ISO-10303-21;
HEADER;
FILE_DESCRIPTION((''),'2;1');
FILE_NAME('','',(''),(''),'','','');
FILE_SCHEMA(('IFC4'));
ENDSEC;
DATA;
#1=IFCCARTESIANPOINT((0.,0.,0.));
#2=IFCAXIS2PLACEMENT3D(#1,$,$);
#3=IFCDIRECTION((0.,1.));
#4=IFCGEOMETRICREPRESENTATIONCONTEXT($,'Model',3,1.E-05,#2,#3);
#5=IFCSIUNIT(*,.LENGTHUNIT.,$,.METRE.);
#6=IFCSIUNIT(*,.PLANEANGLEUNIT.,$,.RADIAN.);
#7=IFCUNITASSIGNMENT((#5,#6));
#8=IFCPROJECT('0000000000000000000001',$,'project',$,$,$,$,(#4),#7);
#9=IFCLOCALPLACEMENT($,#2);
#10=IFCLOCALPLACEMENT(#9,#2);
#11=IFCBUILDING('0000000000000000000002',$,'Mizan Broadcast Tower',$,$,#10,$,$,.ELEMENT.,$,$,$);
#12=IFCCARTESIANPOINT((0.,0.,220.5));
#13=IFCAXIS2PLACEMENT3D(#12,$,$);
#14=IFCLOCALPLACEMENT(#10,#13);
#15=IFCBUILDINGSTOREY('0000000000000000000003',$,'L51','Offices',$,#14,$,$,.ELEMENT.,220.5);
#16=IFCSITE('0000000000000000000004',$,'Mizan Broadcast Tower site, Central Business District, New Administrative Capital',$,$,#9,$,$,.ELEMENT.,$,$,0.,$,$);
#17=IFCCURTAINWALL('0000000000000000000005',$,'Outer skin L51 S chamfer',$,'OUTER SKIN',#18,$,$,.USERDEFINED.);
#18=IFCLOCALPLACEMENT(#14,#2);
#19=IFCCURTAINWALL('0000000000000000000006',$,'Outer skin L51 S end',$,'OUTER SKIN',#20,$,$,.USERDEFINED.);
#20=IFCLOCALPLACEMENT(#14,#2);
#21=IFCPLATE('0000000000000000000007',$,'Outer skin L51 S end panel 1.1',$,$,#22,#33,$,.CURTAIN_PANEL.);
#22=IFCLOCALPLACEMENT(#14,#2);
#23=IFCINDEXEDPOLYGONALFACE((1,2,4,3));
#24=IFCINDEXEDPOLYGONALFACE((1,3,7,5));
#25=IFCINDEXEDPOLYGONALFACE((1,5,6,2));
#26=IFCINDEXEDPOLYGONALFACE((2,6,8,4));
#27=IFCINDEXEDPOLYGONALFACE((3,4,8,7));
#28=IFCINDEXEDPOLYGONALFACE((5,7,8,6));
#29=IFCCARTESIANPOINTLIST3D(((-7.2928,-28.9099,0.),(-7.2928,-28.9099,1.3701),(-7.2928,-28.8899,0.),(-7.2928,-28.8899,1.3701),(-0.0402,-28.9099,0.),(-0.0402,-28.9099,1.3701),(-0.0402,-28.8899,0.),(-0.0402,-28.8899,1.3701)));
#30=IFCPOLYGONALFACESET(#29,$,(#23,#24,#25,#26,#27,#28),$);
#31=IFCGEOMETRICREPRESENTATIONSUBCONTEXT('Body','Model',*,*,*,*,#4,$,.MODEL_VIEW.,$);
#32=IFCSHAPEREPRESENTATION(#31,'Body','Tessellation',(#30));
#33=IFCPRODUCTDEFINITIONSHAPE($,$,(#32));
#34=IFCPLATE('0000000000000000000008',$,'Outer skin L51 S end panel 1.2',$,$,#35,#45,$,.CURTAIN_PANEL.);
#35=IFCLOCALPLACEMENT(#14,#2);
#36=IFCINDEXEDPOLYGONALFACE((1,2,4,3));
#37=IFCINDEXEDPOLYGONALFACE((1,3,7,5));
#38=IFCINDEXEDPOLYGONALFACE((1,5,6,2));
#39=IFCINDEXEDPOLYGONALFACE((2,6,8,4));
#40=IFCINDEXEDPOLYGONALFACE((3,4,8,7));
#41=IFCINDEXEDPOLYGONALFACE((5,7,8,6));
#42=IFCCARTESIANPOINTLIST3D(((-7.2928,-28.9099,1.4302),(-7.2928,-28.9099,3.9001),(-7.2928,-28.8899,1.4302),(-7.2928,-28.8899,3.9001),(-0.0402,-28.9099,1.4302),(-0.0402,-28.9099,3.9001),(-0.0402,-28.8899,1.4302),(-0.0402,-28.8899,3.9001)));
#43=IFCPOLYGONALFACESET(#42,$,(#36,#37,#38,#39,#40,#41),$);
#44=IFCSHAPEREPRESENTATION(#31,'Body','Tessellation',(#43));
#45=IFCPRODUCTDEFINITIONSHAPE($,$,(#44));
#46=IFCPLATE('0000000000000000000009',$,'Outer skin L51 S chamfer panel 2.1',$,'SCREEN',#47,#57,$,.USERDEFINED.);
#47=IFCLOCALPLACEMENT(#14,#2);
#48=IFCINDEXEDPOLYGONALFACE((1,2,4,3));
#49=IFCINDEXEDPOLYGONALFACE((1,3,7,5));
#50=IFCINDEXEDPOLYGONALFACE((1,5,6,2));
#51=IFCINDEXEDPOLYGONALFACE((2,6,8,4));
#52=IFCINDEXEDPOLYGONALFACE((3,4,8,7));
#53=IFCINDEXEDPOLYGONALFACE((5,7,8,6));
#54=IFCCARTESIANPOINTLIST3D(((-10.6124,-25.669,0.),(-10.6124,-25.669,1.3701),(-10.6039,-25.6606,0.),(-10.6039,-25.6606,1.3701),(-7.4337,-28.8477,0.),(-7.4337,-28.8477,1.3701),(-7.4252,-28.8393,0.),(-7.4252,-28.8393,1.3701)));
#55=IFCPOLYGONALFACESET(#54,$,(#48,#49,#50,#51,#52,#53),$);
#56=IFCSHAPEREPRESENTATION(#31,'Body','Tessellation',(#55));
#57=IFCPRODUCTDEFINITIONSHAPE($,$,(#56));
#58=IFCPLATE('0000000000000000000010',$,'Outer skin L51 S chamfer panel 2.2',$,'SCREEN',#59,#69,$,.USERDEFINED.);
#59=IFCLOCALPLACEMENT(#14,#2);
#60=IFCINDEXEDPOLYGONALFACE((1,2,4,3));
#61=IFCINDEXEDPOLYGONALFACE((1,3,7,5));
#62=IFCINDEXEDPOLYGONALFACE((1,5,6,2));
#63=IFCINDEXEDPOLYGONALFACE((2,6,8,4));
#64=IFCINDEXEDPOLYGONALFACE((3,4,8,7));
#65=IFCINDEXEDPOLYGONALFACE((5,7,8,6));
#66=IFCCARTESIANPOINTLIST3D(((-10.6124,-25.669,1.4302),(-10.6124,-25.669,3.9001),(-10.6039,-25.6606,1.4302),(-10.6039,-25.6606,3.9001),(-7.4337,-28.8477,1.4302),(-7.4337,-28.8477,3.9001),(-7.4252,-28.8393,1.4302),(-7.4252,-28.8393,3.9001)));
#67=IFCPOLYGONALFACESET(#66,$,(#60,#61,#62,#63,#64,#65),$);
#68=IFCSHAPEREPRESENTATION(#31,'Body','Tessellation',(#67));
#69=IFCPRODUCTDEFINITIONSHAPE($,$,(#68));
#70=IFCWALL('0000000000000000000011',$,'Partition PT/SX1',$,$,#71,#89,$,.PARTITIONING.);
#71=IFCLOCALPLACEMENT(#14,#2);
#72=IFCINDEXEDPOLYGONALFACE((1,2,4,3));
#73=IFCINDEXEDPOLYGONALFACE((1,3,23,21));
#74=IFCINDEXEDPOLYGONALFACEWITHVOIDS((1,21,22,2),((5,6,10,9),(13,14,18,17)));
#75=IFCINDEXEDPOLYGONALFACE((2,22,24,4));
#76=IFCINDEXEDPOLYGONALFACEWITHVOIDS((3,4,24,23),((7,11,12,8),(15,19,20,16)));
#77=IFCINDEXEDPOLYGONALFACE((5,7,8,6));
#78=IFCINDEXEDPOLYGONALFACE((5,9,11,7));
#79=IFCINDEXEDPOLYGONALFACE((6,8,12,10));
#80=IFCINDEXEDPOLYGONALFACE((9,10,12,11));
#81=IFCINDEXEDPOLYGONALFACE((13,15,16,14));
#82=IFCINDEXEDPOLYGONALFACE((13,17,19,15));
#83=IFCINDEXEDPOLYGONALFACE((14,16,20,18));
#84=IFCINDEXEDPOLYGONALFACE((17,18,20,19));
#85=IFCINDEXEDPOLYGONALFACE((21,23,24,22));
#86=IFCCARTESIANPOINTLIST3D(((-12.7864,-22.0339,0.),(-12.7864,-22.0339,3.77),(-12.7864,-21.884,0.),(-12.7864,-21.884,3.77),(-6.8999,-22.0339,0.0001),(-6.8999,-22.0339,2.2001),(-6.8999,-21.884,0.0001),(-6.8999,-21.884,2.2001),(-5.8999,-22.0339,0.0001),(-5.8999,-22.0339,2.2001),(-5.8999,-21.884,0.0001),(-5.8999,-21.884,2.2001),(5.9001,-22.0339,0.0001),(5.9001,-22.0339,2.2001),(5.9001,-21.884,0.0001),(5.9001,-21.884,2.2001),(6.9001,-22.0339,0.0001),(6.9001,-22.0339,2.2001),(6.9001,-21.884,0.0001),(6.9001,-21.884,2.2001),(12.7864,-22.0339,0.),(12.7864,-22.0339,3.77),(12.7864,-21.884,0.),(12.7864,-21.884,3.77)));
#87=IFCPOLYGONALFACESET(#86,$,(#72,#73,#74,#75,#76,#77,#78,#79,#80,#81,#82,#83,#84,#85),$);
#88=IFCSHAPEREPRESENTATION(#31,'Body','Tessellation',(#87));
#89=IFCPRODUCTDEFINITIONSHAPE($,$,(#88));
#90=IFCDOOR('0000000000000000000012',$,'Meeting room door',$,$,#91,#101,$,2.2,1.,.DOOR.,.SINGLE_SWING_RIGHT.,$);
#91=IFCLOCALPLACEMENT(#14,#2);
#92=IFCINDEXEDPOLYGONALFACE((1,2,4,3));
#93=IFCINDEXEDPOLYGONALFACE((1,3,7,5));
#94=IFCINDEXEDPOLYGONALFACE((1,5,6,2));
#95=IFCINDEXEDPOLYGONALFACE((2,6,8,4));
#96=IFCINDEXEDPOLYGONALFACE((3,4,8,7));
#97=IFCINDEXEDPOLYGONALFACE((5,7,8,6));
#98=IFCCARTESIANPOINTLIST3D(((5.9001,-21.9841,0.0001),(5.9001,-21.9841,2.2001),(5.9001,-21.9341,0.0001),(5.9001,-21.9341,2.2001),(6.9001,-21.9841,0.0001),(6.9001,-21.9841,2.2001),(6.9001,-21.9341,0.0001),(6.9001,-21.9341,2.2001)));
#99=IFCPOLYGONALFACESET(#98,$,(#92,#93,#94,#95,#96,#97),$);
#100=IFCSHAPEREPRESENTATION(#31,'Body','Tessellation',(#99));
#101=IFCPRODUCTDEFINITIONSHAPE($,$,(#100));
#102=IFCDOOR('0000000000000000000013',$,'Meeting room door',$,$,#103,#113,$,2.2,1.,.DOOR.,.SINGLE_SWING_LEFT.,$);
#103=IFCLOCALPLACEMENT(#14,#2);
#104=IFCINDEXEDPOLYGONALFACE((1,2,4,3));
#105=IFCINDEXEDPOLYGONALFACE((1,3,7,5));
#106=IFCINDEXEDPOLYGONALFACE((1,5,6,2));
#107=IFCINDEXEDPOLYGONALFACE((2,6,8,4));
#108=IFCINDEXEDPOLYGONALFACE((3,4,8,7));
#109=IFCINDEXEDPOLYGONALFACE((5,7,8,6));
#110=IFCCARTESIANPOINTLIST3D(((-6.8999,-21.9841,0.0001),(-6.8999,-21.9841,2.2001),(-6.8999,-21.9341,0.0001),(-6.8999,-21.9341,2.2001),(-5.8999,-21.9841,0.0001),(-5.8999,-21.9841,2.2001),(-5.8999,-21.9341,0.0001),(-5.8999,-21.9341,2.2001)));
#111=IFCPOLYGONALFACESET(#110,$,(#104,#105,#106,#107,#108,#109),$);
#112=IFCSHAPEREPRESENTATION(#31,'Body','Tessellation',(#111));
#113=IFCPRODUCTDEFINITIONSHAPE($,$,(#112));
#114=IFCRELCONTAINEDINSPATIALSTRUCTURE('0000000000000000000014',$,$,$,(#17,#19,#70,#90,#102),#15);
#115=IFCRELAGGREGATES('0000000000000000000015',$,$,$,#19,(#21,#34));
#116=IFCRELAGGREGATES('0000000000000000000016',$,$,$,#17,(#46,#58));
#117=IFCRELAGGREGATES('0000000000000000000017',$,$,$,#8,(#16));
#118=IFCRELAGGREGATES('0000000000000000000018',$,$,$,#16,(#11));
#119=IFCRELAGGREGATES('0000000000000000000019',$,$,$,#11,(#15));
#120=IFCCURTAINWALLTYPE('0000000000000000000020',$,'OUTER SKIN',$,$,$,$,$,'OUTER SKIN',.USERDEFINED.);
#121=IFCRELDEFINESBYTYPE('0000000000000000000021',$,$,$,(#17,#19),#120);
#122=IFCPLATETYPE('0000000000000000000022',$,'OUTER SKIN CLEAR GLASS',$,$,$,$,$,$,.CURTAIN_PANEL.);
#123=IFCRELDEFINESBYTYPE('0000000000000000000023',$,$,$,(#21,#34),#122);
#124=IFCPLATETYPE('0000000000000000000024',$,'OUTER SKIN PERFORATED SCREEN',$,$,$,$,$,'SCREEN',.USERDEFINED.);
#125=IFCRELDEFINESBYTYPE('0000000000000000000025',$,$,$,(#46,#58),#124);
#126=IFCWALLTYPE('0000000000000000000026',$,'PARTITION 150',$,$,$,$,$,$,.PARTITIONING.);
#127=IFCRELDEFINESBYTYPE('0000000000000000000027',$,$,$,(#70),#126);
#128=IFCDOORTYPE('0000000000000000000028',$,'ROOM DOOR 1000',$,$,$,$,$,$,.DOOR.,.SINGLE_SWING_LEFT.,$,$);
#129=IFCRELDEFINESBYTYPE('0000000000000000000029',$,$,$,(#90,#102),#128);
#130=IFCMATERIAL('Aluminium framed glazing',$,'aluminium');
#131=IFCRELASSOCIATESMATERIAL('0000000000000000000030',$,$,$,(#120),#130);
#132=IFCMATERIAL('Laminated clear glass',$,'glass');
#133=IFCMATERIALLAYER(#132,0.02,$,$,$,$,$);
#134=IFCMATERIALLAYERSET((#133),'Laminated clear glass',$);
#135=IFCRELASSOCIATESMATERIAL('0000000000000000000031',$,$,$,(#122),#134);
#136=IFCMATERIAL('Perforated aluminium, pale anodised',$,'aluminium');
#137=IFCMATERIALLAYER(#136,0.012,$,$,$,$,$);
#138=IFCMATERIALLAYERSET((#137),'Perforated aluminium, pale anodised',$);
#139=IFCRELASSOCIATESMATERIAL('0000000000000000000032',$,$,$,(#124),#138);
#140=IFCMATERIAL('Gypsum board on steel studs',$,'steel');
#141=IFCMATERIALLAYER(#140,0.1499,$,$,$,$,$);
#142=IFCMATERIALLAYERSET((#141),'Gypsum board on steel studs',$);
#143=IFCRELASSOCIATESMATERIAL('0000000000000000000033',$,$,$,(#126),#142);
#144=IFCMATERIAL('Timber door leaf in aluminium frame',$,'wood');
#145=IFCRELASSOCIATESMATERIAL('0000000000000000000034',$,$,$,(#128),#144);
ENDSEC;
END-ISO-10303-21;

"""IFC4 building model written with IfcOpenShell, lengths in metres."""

from ifc_helpers import new_model, si_unit, direction, frame, frame_2d, origin, origin_2d, place, context, subcontext, project, spatial, rectangle, extrude, material, layer, layer_set, type_object, element, fill, aggregate, save


model = new_model("IFC4")

# Units and contexts
model_context = context("Model", 3, precision=1e-05, world=origin(), true_north=direction((0.0, 1.0)))
body_context = subcontext(model_context, "Body", "Model", "MODEL_VIEW")
ifc_project = project(units=[si_unit("LENGTHUNIT", "METRE"), si_unit("PLANEANGLEUNIT", "RADIAN")], contexts=[model_context])

# Site, building, storey
site_placement = place(None, origin())
site = spatial("IfcSite", under=ifc_project, at=site_placement, Name="Mizan Broadcast Tower site, Central Business District, New Administrative Capital", CompositionType="ELEMENT", RefElevation=0.0)
building_placement = place(site_placement, origin())
building = spatial("IfcBuilding", under=site, at=building_placement, Name="Mizan Broadcast Tower", CompositionType="ELEMENT")
storey_placement = place(building_placement, frame((0.0, 0.0, 220.5)))
storey = spatial("IfcBuildingStorey", under=building, at=storey_placement, Name="L51", Description="Offices", CompositionType="ELEMENT", Elevation=220.5)

# Curtain wall
ifc_material_1 = material(Name="Aluminium framed glazing", Category="aluminium")
curtain_wall_type_1 = type_object("IfcCurtainWallType", Name="OUTER SKIN", ElementType="OUTER SKIN", PredefinedType="USERDEFINED", material=ifc_material_1)
curtain_wall_1_placement = place(storey_placement, origin())
curtain_wall_1 = element("IfcCurtainWall", 1, at=curtain_wall_1_placement, inside=storey, type_object=curtain_wall_type_1, Name="Outer skin L51 S chamfer", ObjectType="OUTER SKIN", PredefinedType="USERDEFINED")

# Curtain wall
curtain_wall_2_placement = place(storey_placement, origin())
curtain_wall_2 = element("IfcCurtainWall", 2, at=curtain_wall_2_placement, inside=storey, type_object=curtain_wall_type_1, Name="Outer skin L51 S end", ObjectType="OUTER SKIN", PredefinedType="USERDEFINED")

# Plates
ifc_material_2 = material(Name="Laminated clear glass", Category="glass")
ifc_layer_1 = layer(ifc_material_2, 0.02)
ifc_layer_set_1 = layer_set([ifc_layer_1], Name="Laminated clear glass")
plate_type_1 = type_object("IfcPlateType", Name="OUTER SKIN CLEAR GLASS", PredefinedType="CURTAIN_PANEL", material=ifc_layer_set_1)
plate_1_placement = place(storey_placement, frame((-3.6665, -28.8999, 0.0), z_axis=(0.0, 0.0, 1.0), x_axis=(1.0, 0.0, 0.0)))
plate_1 = element("IfcPlate", 3, at=plate_1_placement, type_object=plate_type_1, Name="Outer skin L51 S end panel 1.1", PredefinedType="CURTAIN_PANEL", context=body_context, shape_type="SweptSolid", body=[
    extrude(rectangle(XDim=7.2527, YDim=0.02, at=origin_2d()), origin(), (0.0, 0.0, 1.0), 1.3701),
])
plate_2_placement = place(storey_placement, frame((-3.6665, -28.8999, 1.4302), z_axis=(0.0, 0.0, 1.0), x_axis=(1.0, 0.0, 0.0)))
plate_2 = element("IfcPlate", 4, at=plate_2_placement, type_object=plate_type_1, Name="Outer skin L51 S end panel 1.2", PredefinedType="CURTAIN_PANEL", context=body_context, shape_type="SweptSolid", body=[
    extrude(rectangle(XDim=7.2527, YDim=0.02, at=origin_2d()), origin(), (0.0, 0.0, 1.0), 2.47),
])
aggregate(curtain_wall_2, [plate_1, plate_2])
ifc_material_3 = material(Name="Perforated aluminium, pale anodised", Category="aluminium")
ifc_layer_2 = layer(ifc_material_3, 0.012)
ifc_layer_set_2 = layer_set([ifc_layer_2], Name="Perforated aluminium, pale anodised")
plate_type_2 = type_object("IfcPlateType", Name="OUTER SKIN PERFORATED SCREEN", ElementType="SCREEN", PredefinedType="USERDEFINED", material=ifc_layer_set_2)
plate_3_placement = place(storey_placement, frame((-9.0188, -27.2542, 0.0), z_axis=(0.0, 0.0, 1.0), x_axis=(0.707107, -0.707107, 0.0)))
plate_3 = element("IfcPlate", 5, at=plate_3_placement, type_object=plate_type_2, Name="Outer skin L51 S chamfer panel 2.1", ObjectType="SCREEN", PredefinedType="USERDEFINED", context=body_context, shape_type="SweptSolid", body=[
    extrude(rectangle(XDim=4.4954, YDim=0.012, at=origin_2d()), origin(), (0.0, 0.0, 1.0), 1.3701),
])
plate_4_placement = place(storey_placement, frame((-9.0188, -27.2542, 1.4302), z_axis=(0.0, 0.0, 1.0), x_axis=(0.707107, -0.707107, 0.0)))
plate_4 = element("IfcPlate", 6, at=plate_4_placement, type_object=plate_type_2, Name="Outer skin L51 S chamfer panel 2.2", ObjectType="SCREEN", PredefinedType="USERDEFINED", context=body_context, shape_type="SweptSolid", body=[
    extrude(rectangle(XDim=4.4954, YDim=0.012, at=origin_2d()), origin(), (0.0, 0.0, 1.0), 2.47),
])
aggregate(curtain_wall_1, [plate_3, plate_4])

# Wall, openings, doors
ifc_material_4 = material(Name="Gypsum board on steel studs", Category="steel")
ifc_layer_3 = layer(ifc_material_4, 0.1499)
ifc_layer_set_3 = layer_set([ifc_layer_3], Name="Gypsum board on steel studs")
wall_type = type_object("IfcWallType", Name="PARTITION 150", PredefinedType="PARTITIONING", material=ifc_layer_set_3)
wall_placement = place(storey_placement, frame((-12.7864, -21.959, 0.0), z_axis=(0.0, 0.0, 1.0), x_axis=(1.0, 0.0, 0.0)))
wall = element("IfcWall", 7, at=wall_placement, inside=storey, type_object=wall_type, Name="Partition PT/SX1", PredefinedType="PARTITIONING", context=body_context, shape_type="SweptSolid", body=[
    extrude(rectangle(XDim=25.5728, YDim=0.1499, at=frame_2d((12.7864, 0.0))), origin(), (0.0, 0.0, 1.0), 3.77),
])
opening_1_placement = place(wall_placement, frame((18.6865, 0.0, 0.0)))
opening_1 = element("IfcOpeningElement", 8, at=opening_1_placement, cuts=wall, PredefinedType="OPENING", context=body_context, shape_type="SweptSolid", body=[
    extrude(rectangle(XDim=1.0, YDim=2.2, at=frame_2d((0.5, 1.1001))), frame((0.0, 0.085, 0.0), z_axis=(0.0, -1.0, 0.0), x_axis=(1.0, 0.0, 0.0)), (0.0, 0.0, 1.0), 0.1699),
])
opening_2_placement = place(wall_placement, frame((5.8865, 0.0, 0.0)))
opening_2 = element("IfcOpeningElement", 9, at=opening_2_placement, cuts=wall, PredefinedType="OPENING", context=body_context, shape_type="SweptSolid", body=[
    extrude(rectangle(XDim=1.0, YDim=2.2, at=frame_2d((0.5, 1.1001))), frame((0.0, 0.085, 0.0), z_axis=(0.0, -1.0, 0.0), x_axis=(1.0, 0.0, 0.0)), (0.0, 0.0, 1.0), 0.1699),
])
ifc_material_5 = material(Name="Timber door leaf in aluminium frame", Category="wood")
door_type = type_object("IfcDoorType", Name="ROOM DOOR 1000", OperationType="SINGLE_SWING_LEFT", PredefinedType="DOOR", material=ifc_material_5)
door_1_placement = place(opening_1_placement, origin())
door_1 = element("IfcDoor", 10, at=door_1_placement, inside=storey, type_object=door_type, Name="Meeting room door", OperationType="SINGLE_SWING_RIGHT", OverallHeight=2.2, OverallWidth=1.0, PredefinedType="DOOR", context=body_context, shape_type="SweptSolid", body=[
    extrude(rectangle(XDim=1.0, YDim=2.2, at=frame_2d((0.5, 1.1001))), frame((0.0, 0.0249, 0.0), z_axis=(0.0, -1.0, 0.0), x_axis=(1.0, 0.0, 0.0)), (0.0, 0.0, 1.0), 0.05),
])
fill(opening_1, door_1)
door_2_placement = place(opening_2_placement, origin())
door_2 = element("IfcDoor", 11, at=door_2_placement, inside=storey, type_object=door_type, Name="Meeting room door", OperationType="SINGLE_SWING_LEFT", OverallHeight=2.2, OverallWidth=1.0, PredefinedType="DOOR", context=body_context, shape_type="SweptSolid", body=[
    extrude(rectangle(XDim=1.0, YDim=2.2, at=frame_2d((0.5, 1.1001))), frame((0.0, 0.0249, 0.0), z_axis=(0.0, -1.0, 0.0), x_axis=(1.0, 0.0, 0.0)), (0.0, 0.0, 1.0), 0.05),
])
fill(opening_2, door_2)

save(model, "model.ifc")
